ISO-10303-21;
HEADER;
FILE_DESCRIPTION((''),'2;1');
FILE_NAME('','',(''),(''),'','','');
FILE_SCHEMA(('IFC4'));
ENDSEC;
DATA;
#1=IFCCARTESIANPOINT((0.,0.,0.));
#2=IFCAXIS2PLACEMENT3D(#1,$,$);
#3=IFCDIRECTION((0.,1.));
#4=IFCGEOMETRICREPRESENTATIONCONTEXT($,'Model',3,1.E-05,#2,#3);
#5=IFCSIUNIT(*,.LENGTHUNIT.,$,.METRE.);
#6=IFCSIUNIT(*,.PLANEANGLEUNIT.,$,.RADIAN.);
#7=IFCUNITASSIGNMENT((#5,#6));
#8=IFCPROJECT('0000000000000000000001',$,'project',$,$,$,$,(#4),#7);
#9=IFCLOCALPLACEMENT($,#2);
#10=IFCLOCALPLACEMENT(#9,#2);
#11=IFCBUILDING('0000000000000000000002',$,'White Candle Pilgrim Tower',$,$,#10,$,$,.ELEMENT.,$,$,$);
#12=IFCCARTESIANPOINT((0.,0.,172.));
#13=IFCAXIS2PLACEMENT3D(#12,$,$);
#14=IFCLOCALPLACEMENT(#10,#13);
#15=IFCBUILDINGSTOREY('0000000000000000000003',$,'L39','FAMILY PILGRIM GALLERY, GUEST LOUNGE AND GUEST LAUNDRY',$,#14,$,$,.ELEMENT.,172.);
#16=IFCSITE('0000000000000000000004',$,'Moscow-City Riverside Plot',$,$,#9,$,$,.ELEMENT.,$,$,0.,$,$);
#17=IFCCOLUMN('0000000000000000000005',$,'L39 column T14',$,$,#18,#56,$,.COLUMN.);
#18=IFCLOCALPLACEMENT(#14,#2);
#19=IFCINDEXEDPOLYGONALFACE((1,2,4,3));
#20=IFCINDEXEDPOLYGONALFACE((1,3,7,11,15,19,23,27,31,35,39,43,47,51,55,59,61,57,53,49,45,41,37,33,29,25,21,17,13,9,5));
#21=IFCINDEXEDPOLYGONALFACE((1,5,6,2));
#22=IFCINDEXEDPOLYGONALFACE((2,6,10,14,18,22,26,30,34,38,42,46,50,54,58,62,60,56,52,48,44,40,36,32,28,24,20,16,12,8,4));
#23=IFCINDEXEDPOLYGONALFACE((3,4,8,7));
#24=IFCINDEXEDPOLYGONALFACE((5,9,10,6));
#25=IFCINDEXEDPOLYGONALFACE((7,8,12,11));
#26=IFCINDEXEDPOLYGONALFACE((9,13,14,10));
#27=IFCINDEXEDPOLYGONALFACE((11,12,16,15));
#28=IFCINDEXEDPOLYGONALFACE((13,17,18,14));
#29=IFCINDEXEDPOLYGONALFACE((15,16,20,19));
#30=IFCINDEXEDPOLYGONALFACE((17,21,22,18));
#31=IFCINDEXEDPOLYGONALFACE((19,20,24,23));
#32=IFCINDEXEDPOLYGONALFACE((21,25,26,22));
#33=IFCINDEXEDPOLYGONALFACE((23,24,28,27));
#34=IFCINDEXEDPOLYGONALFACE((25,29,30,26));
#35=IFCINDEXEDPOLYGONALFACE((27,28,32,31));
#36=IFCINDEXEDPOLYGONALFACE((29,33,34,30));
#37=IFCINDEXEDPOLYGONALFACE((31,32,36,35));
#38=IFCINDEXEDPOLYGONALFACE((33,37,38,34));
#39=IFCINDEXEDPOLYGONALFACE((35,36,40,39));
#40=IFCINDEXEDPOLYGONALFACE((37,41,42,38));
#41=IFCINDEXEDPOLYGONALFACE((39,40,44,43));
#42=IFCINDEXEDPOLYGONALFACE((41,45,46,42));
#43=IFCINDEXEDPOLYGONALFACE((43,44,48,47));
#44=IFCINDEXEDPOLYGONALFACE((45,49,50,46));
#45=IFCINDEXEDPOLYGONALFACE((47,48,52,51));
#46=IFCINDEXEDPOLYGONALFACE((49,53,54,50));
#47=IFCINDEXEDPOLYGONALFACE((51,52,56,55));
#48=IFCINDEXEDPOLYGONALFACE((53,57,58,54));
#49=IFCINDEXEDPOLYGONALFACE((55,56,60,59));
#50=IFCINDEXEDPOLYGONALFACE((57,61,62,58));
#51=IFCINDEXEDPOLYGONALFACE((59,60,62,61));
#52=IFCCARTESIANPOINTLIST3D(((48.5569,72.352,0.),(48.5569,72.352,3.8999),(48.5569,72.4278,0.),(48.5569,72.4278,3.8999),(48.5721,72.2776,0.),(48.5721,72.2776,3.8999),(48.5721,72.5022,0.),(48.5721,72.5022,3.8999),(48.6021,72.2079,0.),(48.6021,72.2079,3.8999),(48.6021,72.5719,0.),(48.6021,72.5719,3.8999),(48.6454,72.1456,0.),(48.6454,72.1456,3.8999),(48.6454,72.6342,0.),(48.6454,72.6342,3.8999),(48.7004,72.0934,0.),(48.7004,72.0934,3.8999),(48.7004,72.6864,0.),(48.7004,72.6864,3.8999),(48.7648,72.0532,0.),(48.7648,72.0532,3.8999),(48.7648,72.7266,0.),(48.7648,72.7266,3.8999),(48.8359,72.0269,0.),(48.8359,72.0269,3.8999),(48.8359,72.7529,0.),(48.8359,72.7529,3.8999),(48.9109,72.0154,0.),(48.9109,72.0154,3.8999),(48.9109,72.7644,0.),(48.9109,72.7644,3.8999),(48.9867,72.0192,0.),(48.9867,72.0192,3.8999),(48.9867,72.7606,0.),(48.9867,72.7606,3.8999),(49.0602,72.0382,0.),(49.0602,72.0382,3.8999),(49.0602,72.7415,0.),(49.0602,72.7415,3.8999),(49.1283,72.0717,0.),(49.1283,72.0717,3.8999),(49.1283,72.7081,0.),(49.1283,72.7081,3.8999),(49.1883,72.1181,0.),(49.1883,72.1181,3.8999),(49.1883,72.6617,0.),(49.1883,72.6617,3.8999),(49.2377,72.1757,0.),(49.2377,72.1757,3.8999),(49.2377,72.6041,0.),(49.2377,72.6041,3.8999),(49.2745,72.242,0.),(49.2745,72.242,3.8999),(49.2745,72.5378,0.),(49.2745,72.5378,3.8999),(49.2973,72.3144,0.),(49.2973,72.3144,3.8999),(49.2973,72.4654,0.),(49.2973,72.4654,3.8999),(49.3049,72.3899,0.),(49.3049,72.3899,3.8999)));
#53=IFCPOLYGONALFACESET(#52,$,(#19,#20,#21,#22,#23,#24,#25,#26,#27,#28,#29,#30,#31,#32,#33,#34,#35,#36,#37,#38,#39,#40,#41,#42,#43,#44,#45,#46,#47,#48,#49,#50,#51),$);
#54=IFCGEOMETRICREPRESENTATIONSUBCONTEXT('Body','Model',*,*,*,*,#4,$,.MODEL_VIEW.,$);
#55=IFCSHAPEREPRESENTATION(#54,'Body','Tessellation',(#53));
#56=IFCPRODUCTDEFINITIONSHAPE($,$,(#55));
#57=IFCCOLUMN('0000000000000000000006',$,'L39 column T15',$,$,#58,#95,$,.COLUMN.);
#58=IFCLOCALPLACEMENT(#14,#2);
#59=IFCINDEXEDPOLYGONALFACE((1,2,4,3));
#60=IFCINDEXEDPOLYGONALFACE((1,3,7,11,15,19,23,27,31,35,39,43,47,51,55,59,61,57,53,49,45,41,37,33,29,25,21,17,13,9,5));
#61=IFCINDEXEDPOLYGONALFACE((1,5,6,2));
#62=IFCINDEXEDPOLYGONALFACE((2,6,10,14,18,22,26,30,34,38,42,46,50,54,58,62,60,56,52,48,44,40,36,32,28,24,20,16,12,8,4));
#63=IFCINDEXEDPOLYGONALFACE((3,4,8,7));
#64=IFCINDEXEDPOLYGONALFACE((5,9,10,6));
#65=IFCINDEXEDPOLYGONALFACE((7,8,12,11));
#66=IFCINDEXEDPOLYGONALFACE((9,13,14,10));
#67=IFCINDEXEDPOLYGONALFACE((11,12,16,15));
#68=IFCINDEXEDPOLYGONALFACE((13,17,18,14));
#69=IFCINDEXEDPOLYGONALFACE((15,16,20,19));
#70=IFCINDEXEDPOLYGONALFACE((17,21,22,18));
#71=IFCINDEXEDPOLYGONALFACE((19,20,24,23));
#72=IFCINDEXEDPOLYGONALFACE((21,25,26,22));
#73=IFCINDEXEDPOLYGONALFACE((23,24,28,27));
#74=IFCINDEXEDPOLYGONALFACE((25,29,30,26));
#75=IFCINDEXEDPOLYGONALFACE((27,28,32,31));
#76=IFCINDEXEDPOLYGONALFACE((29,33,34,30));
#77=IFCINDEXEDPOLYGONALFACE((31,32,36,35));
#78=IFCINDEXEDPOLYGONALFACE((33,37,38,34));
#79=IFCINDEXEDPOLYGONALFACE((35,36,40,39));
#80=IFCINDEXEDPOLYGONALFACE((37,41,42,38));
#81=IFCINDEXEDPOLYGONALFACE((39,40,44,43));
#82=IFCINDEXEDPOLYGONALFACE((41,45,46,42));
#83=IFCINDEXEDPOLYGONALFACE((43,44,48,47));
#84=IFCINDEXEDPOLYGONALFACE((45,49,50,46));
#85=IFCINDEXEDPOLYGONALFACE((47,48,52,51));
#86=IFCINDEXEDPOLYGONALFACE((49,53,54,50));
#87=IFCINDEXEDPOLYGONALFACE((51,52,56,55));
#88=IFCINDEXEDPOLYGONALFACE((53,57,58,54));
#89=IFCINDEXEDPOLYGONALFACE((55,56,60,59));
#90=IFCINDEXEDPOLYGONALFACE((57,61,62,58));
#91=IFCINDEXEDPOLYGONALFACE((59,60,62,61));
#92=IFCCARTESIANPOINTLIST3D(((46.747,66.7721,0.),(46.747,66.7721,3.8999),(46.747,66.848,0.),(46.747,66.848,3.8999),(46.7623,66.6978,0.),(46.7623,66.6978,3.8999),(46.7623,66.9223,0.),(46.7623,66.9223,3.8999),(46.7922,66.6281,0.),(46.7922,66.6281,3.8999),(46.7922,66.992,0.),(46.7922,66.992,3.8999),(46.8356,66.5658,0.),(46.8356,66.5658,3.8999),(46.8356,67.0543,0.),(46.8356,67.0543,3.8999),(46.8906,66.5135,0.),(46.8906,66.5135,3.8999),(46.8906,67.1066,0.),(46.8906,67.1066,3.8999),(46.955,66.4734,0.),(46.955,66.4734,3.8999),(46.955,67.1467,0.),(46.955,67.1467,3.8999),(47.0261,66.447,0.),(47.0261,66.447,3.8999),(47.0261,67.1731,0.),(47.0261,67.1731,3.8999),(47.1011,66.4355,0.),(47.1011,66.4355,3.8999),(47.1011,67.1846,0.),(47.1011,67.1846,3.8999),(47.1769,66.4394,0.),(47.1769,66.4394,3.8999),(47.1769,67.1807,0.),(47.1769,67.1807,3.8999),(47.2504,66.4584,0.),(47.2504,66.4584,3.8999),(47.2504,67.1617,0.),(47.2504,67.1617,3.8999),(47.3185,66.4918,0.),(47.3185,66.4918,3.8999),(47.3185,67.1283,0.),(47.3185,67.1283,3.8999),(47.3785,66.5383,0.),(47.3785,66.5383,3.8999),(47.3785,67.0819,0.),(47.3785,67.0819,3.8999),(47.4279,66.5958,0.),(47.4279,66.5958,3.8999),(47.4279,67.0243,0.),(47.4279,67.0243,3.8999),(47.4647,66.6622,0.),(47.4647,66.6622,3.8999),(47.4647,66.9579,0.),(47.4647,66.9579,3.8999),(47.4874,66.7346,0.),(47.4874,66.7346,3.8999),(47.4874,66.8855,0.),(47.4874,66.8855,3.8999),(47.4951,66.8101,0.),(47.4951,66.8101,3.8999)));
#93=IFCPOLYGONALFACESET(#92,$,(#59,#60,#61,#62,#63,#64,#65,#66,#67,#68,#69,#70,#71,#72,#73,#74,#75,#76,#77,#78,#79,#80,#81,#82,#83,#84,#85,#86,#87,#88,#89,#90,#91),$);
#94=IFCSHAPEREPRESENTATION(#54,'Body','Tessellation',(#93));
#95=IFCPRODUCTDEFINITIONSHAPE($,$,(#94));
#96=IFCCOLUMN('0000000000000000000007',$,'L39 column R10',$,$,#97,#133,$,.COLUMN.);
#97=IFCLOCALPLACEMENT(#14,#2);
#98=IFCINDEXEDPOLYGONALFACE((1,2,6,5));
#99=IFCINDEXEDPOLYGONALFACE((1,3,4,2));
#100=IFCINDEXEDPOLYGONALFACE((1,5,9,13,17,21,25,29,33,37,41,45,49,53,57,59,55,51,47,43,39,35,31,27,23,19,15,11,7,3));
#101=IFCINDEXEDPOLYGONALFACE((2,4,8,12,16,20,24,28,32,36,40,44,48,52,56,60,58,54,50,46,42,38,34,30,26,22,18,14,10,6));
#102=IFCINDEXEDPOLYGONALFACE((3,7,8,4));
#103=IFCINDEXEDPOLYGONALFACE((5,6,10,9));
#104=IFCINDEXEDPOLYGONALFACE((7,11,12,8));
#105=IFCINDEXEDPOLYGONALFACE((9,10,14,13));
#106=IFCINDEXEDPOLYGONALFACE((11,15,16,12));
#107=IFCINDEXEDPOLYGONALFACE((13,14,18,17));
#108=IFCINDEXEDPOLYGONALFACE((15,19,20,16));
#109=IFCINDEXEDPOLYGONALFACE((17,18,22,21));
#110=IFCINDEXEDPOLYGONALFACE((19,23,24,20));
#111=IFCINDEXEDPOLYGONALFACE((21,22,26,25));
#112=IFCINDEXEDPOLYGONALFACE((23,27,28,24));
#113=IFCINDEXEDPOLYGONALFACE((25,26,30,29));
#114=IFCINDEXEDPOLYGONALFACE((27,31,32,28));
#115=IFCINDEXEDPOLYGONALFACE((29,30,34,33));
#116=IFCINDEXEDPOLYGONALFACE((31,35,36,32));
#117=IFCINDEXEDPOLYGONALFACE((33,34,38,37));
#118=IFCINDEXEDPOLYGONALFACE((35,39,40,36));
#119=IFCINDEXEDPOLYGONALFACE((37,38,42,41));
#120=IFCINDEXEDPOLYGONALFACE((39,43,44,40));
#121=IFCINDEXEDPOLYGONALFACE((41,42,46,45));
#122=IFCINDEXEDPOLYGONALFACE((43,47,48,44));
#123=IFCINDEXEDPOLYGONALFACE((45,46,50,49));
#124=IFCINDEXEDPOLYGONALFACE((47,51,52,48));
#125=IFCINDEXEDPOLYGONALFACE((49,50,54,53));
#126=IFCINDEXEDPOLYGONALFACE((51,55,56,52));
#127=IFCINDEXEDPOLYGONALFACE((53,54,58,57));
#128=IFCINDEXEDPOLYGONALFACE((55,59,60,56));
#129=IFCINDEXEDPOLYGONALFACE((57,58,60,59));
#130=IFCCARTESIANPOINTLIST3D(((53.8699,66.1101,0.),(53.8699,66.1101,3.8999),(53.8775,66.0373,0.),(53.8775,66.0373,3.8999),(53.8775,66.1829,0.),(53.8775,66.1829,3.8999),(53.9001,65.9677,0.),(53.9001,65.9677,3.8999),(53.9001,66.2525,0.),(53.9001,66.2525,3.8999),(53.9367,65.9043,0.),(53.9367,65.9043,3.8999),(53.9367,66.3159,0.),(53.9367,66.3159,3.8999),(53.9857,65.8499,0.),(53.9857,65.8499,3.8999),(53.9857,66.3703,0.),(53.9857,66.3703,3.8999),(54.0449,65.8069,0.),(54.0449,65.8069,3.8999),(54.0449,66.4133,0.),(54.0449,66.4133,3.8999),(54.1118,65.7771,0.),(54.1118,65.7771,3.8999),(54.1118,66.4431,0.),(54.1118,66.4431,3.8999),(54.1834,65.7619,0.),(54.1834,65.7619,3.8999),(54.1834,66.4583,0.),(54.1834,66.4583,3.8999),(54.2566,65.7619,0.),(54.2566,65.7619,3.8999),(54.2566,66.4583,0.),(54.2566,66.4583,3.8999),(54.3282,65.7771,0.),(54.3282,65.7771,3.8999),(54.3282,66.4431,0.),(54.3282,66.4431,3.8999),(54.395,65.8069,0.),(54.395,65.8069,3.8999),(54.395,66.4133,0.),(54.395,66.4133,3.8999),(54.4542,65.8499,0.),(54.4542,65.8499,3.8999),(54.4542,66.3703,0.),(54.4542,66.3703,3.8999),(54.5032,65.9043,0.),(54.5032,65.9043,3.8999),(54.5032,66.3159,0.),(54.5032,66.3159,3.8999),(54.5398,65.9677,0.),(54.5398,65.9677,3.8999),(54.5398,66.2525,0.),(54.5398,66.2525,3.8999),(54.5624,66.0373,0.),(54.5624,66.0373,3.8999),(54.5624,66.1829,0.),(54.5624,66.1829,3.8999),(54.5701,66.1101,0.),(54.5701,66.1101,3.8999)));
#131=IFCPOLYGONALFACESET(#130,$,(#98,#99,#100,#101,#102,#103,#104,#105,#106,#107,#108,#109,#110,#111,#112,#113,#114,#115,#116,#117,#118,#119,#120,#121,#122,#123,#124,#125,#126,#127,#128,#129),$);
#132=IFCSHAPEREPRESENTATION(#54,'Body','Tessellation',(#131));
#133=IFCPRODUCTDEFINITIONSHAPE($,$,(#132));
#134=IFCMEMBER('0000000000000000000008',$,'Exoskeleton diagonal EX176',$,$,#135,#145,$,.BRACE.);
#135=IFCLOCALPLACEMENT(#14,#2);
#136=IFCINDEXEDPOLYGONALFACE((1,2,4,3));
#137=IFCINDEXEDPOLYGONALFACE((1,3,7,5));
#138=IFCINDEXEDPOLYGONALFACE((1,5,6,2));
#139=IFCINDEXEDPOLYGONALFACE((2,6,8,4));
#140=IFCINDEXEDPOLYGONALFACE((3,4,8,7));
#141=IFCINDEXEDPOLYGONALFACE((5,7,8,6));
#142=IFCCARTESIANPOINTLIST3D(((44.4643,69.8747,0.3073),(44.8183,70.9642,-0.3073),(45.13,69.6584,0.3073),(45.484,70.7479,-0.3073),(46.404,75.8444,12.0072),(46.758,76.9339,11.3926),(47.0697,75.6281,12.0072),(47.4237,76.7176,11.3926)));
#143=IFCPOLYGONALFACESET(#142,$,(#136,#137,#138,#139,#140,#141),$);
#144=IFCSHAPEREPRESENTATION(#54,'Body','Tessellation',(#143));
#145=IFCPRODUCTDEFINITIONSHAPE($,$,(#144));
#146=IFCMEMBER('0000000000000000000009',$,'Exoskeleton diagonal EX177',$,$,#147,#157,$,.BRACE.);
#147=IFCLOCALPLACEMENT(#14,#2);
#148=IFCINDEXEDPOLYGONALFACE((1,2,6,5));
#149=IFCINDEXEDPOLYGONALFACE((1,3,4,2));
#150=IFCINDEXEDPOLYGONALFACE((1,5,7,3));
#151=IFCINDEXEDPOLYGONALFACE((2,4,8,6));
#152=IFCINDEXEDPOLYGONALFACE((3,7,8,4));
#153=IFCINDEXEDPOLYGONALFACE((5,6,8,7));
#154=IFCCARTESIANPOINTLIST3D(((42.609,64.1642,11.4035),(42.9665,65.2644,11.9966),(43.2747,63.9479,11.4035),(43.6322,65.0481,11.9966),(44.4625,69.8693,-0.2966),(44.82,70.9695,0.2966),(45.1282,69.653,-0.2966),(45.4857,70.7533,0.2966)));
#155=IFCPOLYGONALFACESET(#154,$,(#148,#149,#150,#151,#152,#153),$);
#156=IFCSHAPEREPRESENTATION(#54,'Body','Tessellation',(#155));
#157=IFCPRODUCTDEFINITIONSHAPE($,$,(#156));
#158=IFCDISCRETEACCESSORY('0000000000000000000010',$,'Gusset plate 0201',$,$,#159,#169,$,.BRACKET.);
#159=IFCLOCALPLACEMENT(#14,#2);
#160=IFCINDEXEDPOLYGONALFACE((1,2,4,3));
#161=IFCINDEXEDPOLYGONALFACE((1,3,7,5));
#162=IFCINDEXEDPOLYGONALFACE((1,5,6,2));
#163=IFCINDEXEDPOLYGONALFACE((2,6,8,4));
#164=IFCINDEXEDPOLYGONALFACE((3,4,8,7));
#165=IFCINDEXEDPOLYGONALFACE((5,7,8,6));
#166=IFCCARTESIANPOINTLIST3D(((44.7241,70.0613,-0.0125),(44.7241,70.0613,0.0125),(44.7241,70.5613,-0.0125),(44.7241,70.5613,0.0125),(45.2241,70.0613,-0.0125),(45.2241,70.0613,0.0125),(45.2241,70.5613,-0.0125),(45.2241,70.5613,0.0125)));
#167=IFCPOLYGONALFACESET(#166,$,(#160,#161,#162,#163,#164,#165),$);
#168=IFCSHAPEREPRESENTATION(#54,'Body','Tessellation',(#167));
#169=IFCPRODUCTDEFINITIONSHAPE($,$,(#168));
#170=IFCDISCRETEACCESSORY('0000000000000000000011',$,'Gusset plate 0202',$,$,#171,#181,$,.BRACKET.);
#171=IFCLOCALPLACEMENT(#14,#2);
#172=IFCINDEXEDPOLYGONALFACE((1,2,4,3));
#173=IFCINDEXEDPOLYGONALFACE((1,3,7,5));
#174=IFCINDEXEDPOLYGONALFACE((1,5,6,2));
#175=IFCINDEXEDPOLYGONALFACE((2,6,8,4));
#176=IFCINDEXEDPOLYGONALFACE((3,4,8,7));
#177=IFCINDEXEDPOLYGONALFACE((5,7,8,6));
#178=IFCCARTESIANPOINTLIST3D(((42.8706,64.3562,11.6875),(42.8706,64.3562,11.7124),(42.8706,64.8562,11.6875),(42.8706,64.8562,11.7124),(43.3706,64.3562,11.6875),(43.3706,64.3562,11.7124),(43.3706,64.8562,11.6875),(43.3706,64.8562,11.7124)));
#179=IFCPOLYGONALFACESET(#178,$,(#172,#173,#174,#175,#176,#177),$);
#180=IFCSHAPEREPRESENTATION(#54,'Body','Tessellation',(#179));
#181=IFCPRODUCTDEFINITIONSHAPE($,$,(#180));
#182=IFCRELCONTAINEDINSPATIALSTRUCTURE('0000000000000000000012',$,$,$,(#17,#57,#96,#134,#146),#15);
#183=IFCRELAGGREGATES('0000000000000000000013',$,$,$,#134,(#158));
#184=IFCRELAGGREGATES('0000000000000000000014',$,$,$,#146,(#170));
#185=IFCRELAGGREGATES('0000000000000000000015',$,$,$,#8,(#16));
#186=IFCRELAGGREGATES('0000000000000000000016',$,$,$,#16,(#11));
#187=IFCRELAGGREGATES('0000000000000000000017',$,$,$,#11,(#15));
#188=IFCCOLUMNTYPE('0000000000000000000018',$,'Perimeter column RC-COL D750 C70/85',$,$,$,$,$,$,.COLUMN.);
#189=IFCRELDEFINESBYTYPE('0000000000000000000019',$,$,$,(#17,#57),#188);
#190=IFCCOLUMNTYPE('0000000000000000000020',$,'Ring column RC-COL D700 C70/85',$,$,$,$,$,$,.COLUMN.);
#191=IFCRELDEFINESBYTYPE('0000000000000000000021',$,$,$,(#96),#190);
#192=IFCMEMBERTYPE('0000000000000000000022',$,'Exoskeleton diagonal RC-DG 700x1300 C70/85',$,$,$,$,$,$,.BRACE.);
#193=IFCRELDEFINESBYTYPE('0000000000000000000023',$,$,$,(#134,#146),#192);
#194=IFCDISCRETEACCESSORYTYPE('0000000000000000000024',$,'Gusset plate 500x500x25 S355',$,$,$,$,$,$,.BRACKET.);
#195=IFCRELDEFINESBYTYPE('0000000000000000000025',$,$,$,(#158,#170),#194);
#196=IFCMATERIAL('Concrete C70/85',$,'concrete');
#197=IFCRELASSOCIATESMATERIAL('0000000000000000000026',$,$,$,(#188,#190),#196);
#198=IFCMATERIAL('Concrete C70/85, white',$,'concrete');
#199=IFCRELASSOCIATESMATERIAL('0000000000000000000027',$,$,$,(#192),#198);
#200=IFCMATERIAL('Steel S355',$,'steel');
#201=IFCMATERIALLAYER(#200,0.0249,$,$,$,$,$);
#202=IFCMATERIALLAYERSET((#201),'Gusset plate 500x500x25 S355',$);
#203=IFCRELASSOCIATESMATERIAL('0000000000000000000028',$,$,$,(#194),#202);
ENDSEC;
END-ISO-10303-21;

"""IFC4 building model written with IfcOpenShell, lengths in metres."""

from ifc_helpers import new_model, si_unit, direction, frame, origin, origin_2d, place, context, subcontext, project, spatial, rectangle, circle, extrude, material, layer, layer_set, material_profile, profile_set, type_object, element, aggregate, save


model = new_model("IFC4")

# Units and contexts
model_context = context("Model", 3, precision=1e-05, world=origin(), true_north=direction((0.0, 1.0)))
body_context = subcontext(model_context, "Body", "Model", "MODEL_VIEW")
ifc_project = project(units=[si_unit("LENGTHUNIT", "METRE"), si_unit("PLANEANGLEUNIT", "RADIAN")], contexts=[model_context])

# Site, building, storey
site_placement = place(None, origin())
site = spatial("IfcSite", under=ifc_project, at=site_placement, Name="Moscow-City Riverside Plot", CompositionType="ELEMENT", RefElevation=0.0)
building_placement = place(site_placement, origin())
building = spatial("IfcBuilding", under=site, at=building_placement, Name="White Candle Pilgrim Tower", CompositionType="ELEMENT")
storey_placement = place(building_placement, frame((0.0, 0.0, 172.0)))
storey = spatial("IfcBuildingStorey", under=building, at=storey_placement, Name="L39", Description="FAMILY PILGRIM GALLERY, GUEST LOUNGE AND GUEST LAUNDRY", CompositionType="ELEMENT", Elevation=172.0)

# Columns
ifc_material_1 = material(Name="Concrete C70/85", Category="concrete")
ifc_material_profile_1 = material_profile(ifc_material_1, circle(Radius=0.375, at=origin_2d()), Name="RC-COL D750")
ifc_profile_set_1 = profile_set([ifc_material_profile_1], Name="Concrete C70/85")
column_type_1 = type_object("IfcColumnType", Name="Perimeter column RC-COL D750 C70/85", PredefinedType="COLUMN", material=ifc_profile_set_1)
for number, where, z_axis, x_axis, name in (
    (1, (48.9299, 72.3899, 0.0), (0.0, 0.0, 1.0), (1.0, 0.0, 0.0), "L39 column T14"),
    (2, (47.1201, 66.8101, 0.0), (0.0, 0.0, 1.0), (1.0, 0.0, 0.0), "L39 column T15"),
):
    element("IfcColumn", number, at=place(storey_placement, frame(where, z_axis=z_axis, x_axis=x_axis)), inside=storey, type_object=column_type_1, Name=name, PredefinedType="COLUMN", context=body_context, shape_type="SweptSolid", body=[
        extrude(circle(Radius=0.375, at=origin_2d()), origin(), (0.0, 0.0, 1.0), 3.8999),
    ])
ifc_material_profile_2 = material_profile(ifc_material_1, circle(Radius=0.3501, at=origin_2d()), Name="RC-COL D700")
ifc_profile_set_2 = profile_set([ifc_material_profile_2], Name="Concrete C70/85")
column_type_2 = type_object("IfcColumnType", Name="Ring column RC-COL D700 C70/85", PredefinedType="COLUMN", material=ifc_profile_set_2)
column_placement = place(storey_placement, frame((54.22, 66.1101, 0.0), z_axis=(0.0, 0.0, 1.0), x_axis=(1.0, 0.0, 0.0)))
element("IfcColumn", 3, at=column_placement, inside=storey, type_object=column_type_2, Name="L39 column R10", PredefinedType="COLUMN", context=body_context, shape_type="SweptSolid", body=[
    extrude(circle(Radius=0.3501, at=origin_2d()), origin(), (0.0, 0.0, 1.0), 3.8999),
])

# Members
ifc_material_2 = material(Name="Concrete C70/85, white", Category="concrete")
ifc_material_profile_3 = material_profile(ifc_material_2, rectangle(XDim=0.7, YDim=1.3, at=origin_2d()), Name="RC-DG 700x1300")
ifc_profile_set_3 = profile_set([ifc_material_profile_3], Name="Concrete C70/85, white")
member_type_1 = type_object("IfcMemberType", Name="Exoskeleton diagonal RC-DG 700x1300 C70/85", PredefinedType="BRACE", material=ifc_profile_set_3)
member_1_placement = place(storey_placement, frame((44.9741, 70.3113, 0.0), z_axis=(0.14609, 0.449616, 0.881194), x_axis=(-0.951056, 0.309019, 0.0)))
member_1 = element("IfcMember", 4, at=member_1_placement, inside=storey, type_object=member_type_1, Name="Exoskeleton diagonal EX176", PredefinedType="BRACE", context=body_context, shape_type="SweptSolid", body=[
    extrude(rectangle(XDim=0.7, YDim=1.3, at=origin_2d()), origin(), (0.0, 0.0, 1.0), 13.2773),
])
member_2_placement = place(storey_placement, frame((44.9741, 70.3113, 0.0), z_axis=(-0.140972, -0.433909, 0.889859), x_axis=(0.951065, -0.30899, 0.0)))
member_2 = element("IfcMember", 5, at=member_2_placement, inside=storey, type_object=member_type_1, Name="Exoskeleton diagonal EX177", PredefinedType="BRACE", context=body_context, shape_type="SweptSolid", body=[
    extrude(rectangle(XDim=0.7, YDim=1.3, at=origin_2d()), origin(), (0.0, 0.0, 1.0), 13.1482),
])

# Discrete accessories
ifc_material_3 = material(Name="Steel S355", Category="steel")
ifc_layer_1 = layer(ifc_material_3, 0.0249)
ifc_layer_set_1 = layer_set([ifc_layer_1], Name="Gusset plate 500x500x25 S355")
discrete_accessory_type = type_object("IfcDiscreteAccessoryType", Name="Gusset plate 500x500x25 S355", PredefinedType="BRACKET", material=ifc_layer_set_1)
discrete_accessory_1_placement = place(storey_placement, frame((44.9741, 70.3113, -0.0125), z_axis=(0.0, 0.0, 1.0), x_axis=(1.0, 0.0, 0.0)))
discrete_accessory_1 = element("IfcDiscreteAccessory", 6, at=discrete_accessory_1_placement, type_object=discrete_accessory_type, Name="Gusset plate 0201", PredefinedType="BRACKET", context=body_context, shape_type="SweptSolid", body=[
    extrude(rectangle(XDim=0.5, YDim=0.5, at=origin_2d()), origin(), (0.0, 0.0, 1.0), 0.0249),
])
aggregate(member_1, [discrete_accessory_1])
placement = place(building_placement, frame((0.0, 0.0, 183.7)))
discrete_accessory_2_placement = place(placement, frame((43.1206, 64.6062, -0.0125), z_axis=(0.0, 0.0, 1.0), x_axis=(1.0, 0.0, 0.0)))
discrete_accessory_2 = element("IfcDiscreteAccessory", 7, at=discrete_accessory_2_placement, type_object=discrete_accessory_type, Name="Gusset plate 0202", PredefinedType="BRACKET", context=body_context, shape_type="SweptSolid", body=[
    extrude(rectangle(XDim=0.5, YDim=0.5, at=origin_2d()), origin(), (0.0, 0.0, 1.0), 0.0249),
])
aggregate(member_2, [discrete_accessory_2])

save(model, "model.ifc")
